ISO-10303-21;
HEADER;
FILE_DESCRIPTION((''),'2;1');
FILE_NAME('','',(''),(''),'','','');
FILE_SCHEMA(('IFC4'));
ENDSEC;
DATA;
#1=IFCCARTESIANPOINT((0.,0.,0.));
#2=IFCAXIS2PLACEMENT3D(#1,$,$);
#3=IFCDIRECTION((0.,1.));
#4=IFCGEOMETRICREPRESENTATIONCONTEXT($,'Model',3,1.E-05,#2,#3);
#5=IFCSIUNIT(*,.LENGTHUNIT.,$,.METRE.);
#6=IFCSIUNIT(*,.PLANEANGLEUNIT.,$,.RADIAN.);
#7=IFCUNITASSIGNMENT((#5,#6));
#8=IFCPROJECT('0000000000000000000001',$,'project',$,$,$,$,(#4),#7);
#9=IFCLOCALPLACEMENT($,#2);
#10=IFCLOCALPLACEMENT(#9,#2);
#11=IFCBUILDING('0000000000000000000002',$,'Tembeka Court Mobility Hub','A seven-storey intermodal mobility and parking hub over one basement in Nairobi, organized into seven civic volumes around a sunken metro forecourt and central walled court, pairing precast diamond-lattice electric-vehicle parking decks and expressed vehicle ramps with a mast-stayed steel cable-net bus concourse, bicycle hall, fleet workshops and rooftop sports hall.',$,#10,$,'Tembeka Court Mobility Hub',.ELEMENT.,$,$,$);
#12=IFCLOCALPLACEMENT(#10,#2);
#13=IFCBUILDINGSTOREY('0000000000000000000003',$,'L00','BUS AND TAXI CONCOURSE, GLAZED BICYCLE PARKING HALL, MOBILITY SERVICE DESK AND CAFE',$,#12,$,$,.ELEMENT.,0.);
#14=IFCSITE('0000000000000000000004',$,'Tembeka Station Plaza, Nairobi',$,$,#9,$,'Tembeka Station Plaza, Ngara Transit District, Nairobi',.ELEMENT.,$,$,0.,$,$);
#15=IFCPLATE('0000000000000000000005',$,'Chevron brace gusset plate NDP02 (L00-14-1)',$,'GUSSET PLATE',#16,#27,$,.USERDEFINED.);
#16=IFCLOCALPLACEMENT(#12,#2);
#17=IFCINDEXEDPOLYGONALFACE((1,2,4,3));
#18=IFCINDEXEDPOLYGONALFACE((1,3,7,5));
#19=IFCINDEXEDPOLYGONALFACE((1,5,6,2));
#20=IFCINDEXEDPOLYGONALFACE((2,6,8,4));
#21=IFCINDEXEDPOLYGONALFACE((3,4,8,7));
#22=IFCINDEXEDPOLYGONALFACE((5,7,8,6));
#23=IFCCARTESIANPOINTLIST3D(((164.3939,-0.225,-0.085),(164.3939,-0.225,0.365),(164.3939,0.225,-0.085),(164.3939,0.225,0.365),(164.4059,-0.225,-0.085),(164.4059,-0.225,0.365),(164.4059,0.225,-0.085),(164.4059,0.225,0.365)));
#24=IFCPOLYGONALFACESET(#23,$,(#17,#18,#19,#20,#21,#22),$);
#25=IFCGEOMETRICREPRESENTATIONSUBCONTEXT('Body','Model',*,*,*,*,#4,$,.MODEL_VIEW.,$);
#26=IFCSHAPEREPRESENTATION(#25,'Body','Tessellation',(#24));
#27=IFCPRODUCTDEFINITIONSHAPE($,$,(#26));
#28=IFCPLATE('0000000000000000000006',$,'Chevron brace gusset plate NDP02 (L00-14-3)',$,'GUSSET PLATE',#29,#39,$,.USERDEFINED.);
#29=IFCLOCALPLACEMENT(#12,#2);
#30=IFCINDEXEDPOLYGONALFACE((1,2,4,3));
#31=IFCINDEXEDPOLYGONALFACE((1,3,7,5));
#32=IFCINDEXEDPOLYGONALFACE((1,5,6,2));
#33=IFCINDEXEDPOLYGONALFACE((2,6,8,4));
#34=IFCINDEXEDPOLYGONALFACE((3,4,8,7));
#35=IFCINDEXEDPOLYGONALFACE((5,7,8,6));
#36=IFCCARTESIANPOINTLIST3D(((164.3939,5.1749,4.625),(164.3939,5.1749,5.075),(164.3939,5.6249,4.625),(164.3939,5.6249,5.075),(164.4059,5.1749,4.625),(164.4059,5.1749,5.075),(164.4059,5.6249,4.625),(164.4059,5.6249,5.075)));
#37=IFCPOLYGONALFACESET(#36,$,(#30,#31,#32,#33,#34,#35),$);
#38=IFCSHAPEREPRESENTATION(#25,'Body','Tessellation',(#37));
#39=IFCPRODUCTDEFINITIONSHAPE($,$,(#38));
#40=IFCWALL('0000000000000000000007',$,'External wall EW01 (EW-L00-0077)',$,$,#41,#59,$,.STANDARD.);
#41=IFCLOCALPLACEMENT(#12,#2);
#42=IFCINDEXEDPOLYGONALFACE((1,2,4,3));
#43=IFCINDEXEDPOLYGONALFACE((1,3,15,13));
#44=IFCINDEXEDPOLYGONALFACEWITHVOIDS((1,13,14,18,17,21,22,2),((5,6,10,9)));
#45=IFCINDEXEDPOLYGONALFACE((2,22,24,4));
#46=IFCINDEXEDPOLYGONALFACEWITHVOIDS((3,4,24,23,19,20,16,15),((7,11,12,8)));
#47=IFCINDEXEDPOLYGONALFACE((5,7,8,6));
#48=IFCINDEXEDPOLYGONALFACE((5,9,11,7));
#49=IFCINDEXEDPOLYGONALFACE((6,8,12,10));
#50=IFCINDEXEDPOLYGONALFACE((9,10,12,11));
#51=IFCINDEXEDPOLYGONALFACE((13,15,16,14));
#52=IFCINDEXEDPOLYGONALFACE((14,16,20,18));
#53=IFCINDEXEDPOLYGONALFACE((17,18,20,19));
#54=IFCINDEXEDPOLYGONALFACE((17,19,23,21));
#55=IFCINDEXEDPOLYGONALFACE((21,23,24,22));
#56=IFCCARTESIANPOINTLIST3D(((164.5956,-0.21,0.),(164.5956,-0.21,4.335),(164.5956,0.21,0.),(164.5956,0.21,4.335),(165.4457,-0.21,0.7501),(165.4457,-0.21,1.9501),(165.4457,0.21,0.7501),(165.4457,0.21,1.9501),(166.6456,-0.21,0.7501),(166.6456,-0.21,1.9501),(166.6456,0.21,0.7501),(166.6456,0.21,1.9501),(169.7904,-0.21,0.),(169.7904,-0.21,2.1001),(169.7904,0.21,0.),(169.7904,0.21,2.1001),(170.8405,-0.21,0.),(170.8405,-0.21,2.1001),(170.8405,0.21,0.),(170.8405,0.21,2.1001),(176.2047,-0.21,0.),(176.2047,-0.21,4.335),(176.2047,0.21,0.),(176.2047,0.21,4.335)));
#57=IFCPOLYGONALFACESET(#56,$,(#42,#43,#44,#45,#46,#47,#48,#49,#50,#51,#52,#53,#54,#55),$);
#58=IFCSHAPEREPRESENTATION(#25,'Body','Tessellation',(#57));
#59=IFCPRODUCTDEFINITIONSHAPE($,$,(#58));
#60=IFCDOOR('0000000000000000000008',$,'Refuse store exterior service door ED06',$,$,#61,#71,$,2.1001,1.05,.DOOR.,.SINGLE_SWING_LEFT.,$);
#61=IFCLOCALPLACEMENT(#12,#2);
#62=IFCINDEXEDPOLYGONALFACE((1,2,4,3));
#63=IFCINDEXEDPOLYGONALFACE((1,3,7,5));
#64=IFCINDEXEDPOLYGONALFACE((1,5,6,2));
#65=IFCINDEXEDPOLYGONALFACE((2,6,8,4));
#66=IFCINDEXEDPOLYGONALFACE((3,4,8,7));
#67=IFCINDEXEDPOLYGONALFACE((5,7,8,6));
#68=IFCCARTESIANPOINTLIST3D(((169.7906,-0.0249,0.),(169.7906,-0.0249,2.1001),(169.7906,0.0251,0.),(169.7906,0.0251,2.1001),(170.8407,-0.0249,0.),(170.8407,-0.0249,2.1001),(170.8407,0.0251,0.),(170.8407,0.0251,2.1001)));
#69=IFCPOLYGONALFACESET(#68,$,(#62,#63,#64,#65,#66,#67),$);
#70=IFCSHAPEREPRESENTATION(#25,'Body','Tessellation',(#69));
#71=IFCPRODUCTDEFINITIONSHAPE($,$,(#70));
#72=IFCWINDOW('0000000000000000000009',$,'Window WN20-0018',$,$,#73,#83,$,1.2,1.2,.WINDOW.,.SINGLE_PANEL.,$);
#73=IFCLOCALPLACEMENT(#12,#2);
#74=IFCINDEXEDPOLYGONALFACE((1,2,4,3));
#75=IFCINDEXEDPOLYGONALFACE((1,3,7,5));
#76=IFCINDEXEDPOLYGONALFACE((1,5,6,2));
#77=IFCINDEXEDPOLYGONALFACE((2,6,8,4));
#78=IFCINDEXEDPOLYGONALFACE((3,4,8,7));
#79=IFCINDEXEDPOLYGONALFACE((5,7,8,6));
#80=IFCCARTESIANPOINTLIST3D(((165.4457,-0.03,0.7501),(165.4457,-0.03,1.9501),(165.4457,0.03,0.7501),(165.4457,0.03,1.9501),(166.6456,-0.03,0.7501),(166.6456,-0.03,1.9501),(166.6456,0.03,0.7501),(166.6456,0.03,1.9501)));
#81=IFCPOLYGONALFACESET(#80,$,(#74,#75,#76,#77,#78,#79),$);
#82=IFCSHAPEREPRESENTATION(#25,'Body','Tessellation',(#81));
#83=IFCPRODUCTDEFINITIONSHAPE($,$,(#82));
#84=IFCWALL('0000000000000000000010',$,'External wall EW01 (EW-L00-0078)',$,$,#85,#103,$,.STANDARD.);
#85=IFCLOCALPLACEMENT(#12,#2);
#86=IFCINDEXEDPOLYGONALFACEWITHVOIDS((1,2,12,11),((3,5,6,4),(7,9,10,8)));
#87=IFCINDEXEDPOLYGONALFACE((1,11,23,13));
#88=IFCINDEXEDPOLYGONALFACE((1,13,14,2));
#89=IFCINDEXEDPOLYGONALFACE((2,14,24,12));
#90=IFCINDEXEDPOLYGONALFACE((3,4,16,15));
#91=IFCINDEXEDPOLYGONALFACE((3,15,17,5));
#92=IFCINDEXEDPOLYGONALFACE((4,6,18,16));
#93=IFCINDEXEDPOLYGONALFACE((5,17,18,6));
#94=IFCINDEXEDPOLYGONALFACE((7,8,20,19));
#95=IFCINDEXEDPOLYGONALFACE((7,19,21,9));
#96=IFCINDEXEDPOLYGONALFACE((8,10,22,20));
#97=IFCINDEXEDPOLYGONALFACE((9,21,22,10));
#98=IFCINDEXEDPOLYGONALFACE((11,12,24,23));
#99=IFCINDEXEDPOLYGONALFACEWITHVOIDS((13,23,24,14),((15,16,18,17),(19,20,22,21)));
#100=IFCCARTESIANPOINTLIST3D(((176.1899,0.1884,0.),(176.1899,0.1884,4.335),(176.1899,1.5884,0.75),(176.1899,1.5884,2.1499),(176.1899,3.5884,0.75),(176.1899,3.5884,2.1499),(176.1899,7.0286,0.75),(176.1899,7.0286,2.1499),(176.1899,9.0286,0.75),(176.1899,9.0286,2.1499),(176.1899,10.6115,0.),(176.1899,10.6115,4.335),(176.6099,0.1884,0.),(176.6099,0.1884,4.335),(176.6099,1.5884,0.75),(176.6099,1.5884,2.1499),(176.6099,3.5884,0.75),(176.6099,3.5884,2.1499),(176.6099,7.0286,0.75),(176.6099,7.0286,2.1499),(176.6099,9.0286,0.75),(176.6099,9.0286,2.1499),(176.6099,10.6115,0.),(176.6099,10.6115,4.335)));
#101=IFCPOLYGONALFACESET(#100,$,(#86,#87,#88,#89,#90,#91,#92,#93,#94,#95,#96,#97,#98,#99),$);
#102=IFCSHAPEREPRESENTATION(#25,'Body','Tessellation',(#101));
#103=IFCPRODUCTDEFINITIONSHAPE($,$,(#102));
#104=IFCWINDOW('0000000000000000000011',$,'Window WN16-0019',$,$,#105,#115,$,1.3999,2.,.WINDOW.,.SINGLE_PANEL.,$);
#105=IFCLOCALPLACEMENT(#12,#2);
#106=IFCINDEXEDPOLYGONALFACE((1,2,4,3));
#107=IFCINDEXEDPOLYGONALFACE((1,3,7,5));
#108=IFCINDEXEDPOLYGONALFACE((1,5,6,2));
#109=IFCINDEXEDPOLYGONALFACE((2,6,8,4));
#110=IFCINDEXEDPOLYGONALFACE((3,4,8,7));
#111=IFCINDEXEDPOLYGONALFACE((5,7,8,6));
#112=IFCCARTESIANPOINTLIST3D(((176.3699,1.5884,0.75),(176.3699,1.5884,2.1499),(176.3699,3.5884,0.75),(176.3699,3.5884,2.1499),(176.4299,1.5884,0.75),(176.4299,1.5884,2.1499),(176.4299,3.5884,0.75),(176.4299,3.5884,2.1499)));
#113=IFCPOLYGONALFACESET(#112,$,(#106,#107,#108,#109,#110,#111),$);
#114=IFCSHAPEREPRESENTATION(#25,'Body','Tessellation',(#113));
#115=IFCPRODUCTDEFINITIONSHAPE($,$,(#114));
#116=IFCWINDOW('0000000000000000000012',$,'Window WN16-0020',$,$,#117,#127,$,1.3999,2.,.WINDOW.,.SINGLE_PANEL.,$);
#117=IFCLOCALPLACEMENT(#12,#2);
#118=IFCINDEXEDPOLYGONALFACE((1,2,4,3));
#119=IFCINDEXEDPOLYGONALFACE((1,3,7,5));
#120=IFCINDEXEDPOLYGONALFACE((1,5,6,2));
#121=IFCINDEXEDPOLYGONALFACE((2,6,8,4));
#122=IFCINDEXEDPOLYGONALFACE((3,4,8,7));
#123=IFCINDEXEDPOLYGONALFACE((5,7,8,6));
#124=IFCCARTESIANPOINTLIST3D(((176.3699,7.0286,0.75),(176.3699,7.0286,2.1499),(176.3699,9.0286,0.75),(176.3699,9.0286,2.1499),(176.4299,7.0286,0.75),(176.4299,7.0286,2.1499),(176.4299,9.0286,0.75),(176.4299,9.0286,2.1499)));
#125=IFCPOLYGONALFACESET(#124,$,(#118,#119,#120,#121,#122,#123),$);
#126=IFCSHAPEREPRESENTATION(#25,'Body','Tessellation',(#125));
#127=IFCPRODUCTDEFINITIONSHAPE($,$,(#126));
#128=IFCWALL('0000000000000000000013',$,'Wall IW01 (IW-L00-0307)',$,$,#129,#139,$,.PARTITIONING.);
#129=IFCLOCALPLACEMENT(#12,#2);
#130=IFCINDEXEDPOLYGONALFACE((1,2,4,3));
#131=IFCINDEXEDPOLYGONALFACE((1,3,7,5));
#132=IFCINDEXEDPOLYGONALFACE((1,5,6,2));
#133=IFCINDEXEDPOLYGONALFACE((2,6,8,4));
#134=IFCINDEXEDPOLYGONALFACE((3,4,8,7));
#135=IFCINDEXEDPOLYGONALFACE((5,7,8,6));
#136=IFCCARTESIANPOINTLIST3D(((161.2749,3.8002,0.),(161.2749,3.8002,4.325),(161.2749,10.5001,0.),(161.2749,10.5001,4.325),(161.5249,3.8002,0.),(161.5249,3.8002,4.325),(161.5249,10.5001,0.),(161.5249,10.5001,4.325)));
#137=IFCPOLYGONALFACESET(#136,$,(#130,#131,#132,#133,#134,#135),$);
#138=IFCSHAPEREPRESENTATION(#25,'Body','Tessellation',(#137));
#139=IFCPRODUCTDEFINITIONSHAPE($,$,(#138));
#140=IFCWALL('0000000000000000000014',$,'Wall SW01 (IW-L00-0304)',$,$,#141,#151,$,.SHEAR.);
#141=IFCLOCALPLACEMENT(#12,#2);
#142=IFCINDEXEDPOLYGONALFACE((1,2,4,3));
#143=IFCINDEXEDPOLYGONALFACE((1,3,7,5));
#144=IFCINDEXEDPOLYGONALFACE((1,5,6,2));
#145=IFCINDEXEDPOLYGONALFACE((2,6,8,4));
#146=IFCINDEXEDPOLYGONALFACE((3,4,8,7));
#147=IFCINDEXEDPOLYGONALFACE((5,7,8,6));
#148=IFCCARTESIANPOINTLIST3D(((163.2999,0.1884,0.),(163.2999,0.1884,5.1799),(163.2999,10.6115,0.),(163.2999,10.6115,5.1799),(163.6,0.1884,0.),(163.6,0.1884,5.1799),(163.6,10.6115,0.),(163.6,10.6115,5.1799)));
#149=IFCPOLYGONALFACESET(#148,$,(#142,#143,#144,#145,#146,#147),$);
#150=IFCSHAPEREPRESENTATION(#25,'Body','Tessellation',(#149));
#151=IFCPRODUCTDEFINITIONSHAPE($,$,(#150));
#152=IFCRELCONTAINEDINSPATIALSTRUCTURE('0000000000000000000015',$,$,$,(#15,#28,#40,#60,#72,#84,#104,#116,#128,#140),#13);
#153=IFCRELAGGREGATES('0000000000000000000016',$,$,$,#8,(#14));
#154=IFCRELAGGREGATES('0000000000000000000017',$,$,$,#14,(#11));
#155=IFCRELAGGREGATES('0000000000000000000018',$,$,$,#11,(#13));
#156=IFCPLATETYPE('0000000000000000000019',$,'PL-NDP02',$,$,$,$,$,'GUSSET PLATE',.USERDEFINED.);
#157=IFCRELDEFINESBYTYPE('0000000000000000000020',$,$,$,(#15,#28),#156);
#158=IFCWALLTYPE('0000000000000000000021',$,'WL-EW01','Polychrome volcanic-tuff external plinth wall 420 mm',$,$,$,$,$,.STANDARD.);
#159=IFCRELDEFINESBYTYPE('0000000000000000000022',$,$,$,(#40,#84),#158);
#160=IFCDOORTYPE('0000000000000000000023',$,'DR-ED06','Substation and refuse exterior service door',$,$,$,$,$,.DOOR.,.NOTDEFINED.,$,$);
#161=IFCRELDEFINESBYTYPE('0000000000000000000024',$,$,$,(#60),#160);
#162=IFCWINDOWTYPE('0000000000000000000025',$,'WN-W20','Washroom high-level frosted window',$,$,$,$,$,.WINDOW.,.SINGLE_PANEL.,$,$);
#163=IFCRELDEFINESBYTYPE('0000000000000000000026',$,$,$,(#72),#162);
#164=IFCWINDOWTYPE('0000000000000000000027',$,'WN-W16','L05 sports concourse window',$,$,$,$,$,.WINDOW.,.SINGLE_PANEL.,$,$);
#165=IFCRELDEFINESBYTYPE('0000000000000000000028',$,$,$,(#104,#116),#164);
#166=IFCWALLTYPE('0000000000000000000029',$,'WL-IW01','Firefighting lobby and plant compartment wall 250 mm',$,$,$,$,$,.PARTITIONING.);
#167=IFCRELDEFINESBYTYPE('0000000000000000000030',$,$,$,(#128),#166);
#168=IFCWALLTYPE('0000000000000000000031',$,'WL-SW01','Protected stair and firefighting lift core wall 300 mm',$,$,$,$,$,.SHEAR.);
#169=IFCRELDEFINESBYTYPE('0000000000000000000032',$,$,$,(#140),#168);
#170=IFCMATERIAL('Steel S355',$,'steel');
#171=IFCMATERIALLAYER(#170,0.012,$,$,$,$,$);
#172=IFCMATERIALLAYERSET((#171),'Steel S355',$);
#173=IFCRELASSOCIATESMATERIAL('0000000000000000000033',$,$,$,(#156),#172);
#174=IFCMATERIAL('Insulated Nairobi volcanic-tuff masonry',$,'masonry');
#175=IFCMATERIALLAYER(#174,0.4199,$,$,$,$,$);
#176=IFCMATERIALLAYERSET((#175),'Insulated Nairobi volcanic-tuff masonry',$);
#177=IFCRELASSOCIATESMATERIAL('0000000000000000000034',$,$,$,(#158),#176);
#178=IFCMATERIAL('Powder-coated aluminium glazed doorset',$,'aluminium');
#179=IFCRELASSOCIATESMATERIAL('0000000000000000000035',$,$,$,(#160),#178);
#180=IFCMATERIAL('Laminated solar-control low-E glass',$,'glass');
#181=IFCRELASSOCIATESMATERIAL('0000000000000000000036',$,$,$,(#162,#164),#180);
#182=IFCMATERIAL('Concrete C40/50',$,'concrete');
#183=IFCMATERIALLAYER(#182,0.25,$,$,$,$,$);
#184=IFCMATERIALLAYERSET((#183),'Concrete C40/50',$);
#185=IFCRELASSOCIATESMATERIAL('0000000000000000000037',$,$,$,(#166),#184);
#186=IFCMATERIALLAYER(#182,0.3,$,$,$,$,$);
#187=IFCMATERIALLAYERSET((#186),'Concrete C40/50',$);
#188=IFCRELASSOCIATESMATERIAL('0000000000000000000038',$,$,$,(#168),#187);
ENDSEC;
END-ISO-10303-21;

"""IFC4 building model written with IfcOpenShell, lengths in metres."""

from ifc_helpers import new_model, si_unit, direction, frame, frame_2d, origin, origin_2d, place, context, subcontext, project, spatial, rectangle, extrude, material, layer, layer_set, type_object, element, fill, save


model = new_model("IFC4")

# Units and contexts
model_context = context("Model", 3, precision=1e-05, world=origin(), true_north=direction((0.0, 1.0)))
body_context = subcontext(model_context, "Body", "Model", "MODEL_VIEW")
ifc_project = project(units=[si_unit("LENGTHUNIT", "METRE"), si_unit("PLANEANGLEUNIT", "RADIAN")], contexts=[model_context])

# Site, building, storey
site_placement = place(None, origin())
site = spatial("IfcSite", under=ifc_project, at=site_placement, Name="Tembeka Station Plaza, Nairobi", LongName="Tembeka Station Plaza, Ngara Transit District, Nairobi", CompositionType="ELEMENT", RefElevation=0.0)
building_placement = place(site_placement, origin())
building = spatial("IfcBuilding", under=site, at=building_placement, Name="Tembeka Court Mobility Hub", Description="A seven-storey intermodal mobility and parking hub over one basement in Nairobi, organized into seven civic volumes around a sunken metro forecourt and central walled court, pairing precast diamond-lattice electric-vehicle parking decks and expressed vehicle ramps with a mast-stayed steel cable-net bus concourse, bicycle hall, fleet workshops and rooftop sports hall.", LongName="Tembeka Court Mobility Hub", CompositionType="ELEMENT")
storey_placement = place(building_placement, origin())
storey = spatial("IfcBuildingStorey", under=building, at=storey_placement, Name="L00", Description="BUS AND TAXI CONCOURSE, GLAZED BICYCLE PARKING HALL, MOBILITY SERVICE DESK AND CAFE", CompositionType="ELEMENT", Elevation=0.0)

# Shared definitions
ifc_material_1 = material(Name="Steel S355", Category="steel")

# Plates
ifc_layer_1 = layer(ifc_material_1, 0.012)
ifc_layer_set_1 = layer_set([ifc_layer_1], Name="Steel S355")
plate_type = type_object("IfcPlateType", Name="PL-NDP02", ElementType="GUSSET PLATE", PredefinedType="USERDEFINED", material=ifc_layer_set_1)
for number, where, z_axis, x_axis, name in (
    (1, (164.3999, 0.0, -0.085), (0.0, 0.0, 1.0), (1.0, 0.0, 0.0), "Chevron brace gusset plate NDP02 (L00-14-1)"),
    (2, (164.3999, 5.3999, 4.625), (0.0, 0.0, 1.0), (1.0, 0.0, 0.0), "Chevron brace gusset plate NDP02 (L00-14-3)"),
):
    element("IfcPlate", number, at=place(storey_placement, frame(where, z_axis=z_axis, x_axis=x_axis)), inside=storey, type_object=plate_type, Name=name, ObjectType="GUSSET PLATE", PredefinedType="USERDEFINED", context=body_context, shape_type="SweptSolid", body=[
        extrude(rectangle(XDim=0.012, YDim=0.45, at=origin_2d()), origin(), (0.0, 0.0, 1.0), 0.45),
    ])

# Wall, openings, door, window
ifc_material_2 = material(Name="Insulated Nairobi volcanic-tuff masonry", Category="masonry")
ifc_layer_2 = layer(ifc_material_2, 0.4199)
ifc_layer_set_2 = layer_set([ifc_layer_2], Name="Insulated Nairobi volcanic-tuff masonry")
wall_type_1 = type_object("IfcWallType", Name="WL-EW01", Description="Polychrome volcanic-tuff external plinth wall 420 mm", PredefinedType="STANDARD", material=ifc_layer_set_2)
wall_1_placement = place(storey_placement, frame((164.5955, 0.0, 0.0), z_axis=(0.0, 0.0, 1.0), x_axis=(1.0, 0.0, 0.0)))
wall_1 = element("IfcWall", 3, at=wall_1_placement, inside=storey, type_object=wall_type_1, Name="External wall EW01 (EW-L00-0077)", PredefinedType="STANDARD", context=body_context, shape_type="SweptSolid", body=[
    extrude(rectangle(XDim=11.6091, YDim=0.4199, at=frame_2d((5.8047, 0.0))), origin(), (0.0, 0.0, 1.0), 4.335),
])
opening_1_placement = place(wall_1_placement, frame((5.1951, 0.0, 0.0)))
opening_1 = element("IfcOpeningElement", 4, at=opening_1_placement, cuts=wall_1, PredefinedType="OPENING", context=body_context, shape_type="SweptSolid", body=[
    extrude(rectangle(XDim=1.05, YDim=2.1001, at=frame_2d((0.5249, 1.05))), frame((0.0, 0.22, 0.0), z_axis=(0.0, -1.0, 0.0), x_axis=(1.0, 0.0, 0.0)), (0.0, 0.0, 1.0), 0.4399),
])
opening_2_placement = place(wall_1_placement, frame((0.8501, 0.0, 0.75)))
opening_2 = element("IfcOpeningElement", 5, at=opening_2_placement, cuts=wall_1, PredefinedType="OPENING", context=body_context, shape_type="SweptSolid", body=[
    extrude(rectangle(XDim=1.2, YDim=1.2, at=frame_2d((0.6001, 0.6001))), frame((0.0, 0.22, 0.0), z_axis=(0.0, -1.0, 0.0), x_axis=(1.0, 0.0, 0.0)), (0.0, 0.0, 1.0), 0.4399),
])
ifc_material_3 = material(Name="Powder-coated aluminium glazed doorset", Category="aluminium")
door_type = type_object("IfcDoorType", Name="DR-ED06", Description="Substation and refuse exterior service door", OperationType="NOTDEFINED", PredefinedType="DOOR", material=ifc_material_3)
door_placement = place(opening_1_placement, frame((1.05, 0.0, 0.0), z_axis=(0.0, 0.0, 1.0), x_axis=(-1.0, 0.0, 0.0)))
door = element("IfcDoor", 6, at=door_placement, inside=storey, type_object=door_type, Name="Refuse store exterior service door ED06", OperationType="SINGLE_SWING_LEFT", OverallHeight=2.1001, OverallWidth=1.05, PredefinedType="DOOR", context=body_context, shape_type="SweptSolid", body=[
    extrude(rectangle(XDim=1.05, YDim=2.1001, at=frame_2d((0.5249, 1.05))), frame((0.0, 0.0249, 0.0), z_axis=(0.0, -1.0, 0.0), x_axis=(1.0, 0.0, 0.0)), (0.0, 0.0, 1.0), 0.05),
])
fill(opening_1, door)
ifc_material_4 = material(Name="Laminated solar-control low-E glass", Category="glass")
window_type_1 = type_object("IfcWindowType", Name="WN-W20", Description="Washroom high-level frosted window", PartitioningType="SINGLE_PANEL", PredefinedType="WINDOW", material=ifc_material_4)
window_1_placement = place(opening_2_placement, origin())
window_1 = element("IfcWindow", 7, at=window_1_placement, inside=storey, type_object=window_type_1, Name="Window WN20-0018", OverallHeight=1.2, OverallWidth=1.2, PartitioningType="SINGLE_PANEL", PredefinedType="WINDOW", context=body_context, shape_type="SweptSolid", body=[
    extrude(rectangle(XDim=1.2, YDim=1.2, at=frame_2d((0.6001, 0.6001))), frame((0.0, 0.03, 0.0), z_axis=(0.0, -1.0, 0.0), x_axis=(1.0, 0.0, 0.0)), (0.0, 0.0, 1.0), 0.0601),
])
fill(opening_2, window_1)

# Wall, openings, windows
wall_2_placement = place(storey_placement, frame((176.3999, 0.1885, 0.0), z_axis=(0.0, 0.0, 1.0), x_axis=(0.0, 1.0, 0.0)))
wall_2 = element("IfcWall", 8, at=wall_2_placement, inside=storey, type_object=wall_type_1, Name="External wall EW01 (EW-L00-0078)", PredefinedType="STANDARD", context=body_context, shape_type="SweptSolid", body=[
    extrude(rectangle(XDim=10.4231, YDim=0.4199, at=frame_2d((5.2114, 0.0))), origin(), (0.0, 0.0, 1.0), 4.335),
])
opening_3_placement = place(wall_2_placement, frame((1.3999, 0.0, 0.75)))
opening_3 = element("IfcOpeningElement", 9, at=opening_3_placement, cuts=wall_2, PredefinedType="OPENING", context=body_context, shape_type="SweptSolid", body=[
    extrude(rectangle(XDim=2.0, YDim=1.3999, at=frame_2d((1.0, 0.7))), frame((0.0, 0.22, 0.0), z_axis=(0.0, -1.0, 0.0), x_axis=(1.0, 0.0, 0.0)), (0.0, 0.0, 1.0), 0.4399),
])
opening_4_placement = place(wall_2_placement, frame((6.8401, 0.0, 0.75)))
opening_4 = element("IfcOpeningElement", 10, at=opening_4_placement, cuts=wall_2, PredefinedType="OPENING", context=body_context, shape_type="SweptSolid", body=[
    extrude(rectangle(XDim=2.0, YDim=1.3999, at=frame_2d((1.0, 0.7))), frame((0.0, 0.22, 0.0), z_axis=(0.0, -1.0, 0.0), x_axis=(1.0, 0.0, 0.0)), (0.0, 0.0, 1.0), 0.4399),
])
window_type_2 = type_object("IfcWindowType", Name="WN-W16", Description="L05 sports concourse window", PartitioningType="SINGLE_PANEL", PredefinedType="WINDOW", material=ifc_material_4)
window_2_placement = place(opening_3_placement, origin())
window_2 = element("IfcWindow", 11, at=window_2_placement, inside=storey, type_object=window_type_2, Name="Window WN16-0019", OverallHeight=1.3999, OverallWidth=2.0, PartitioningType="SINGLE_PANEL", PredefinedType="WINDOW", context=body_context, shape_type="SweptSolid", body=[
    extrude(rectangle(XDim=2.0, YDim=1.3999, at=frame_2d((1.0, 0.7))), frame((0.0, 0.03, 0.0), z_axis=(0.0, -1.0, 0.0), x_axis=(1.0, 0.0, 0.0)), (0.0, 0.0, 1.0), 0.0601),
])
fill(opening_3, window_2)
window_3_placement = place(opening_4_placement, origin())
window_3 = element("IfcWindow", 12, at=window_3_placement, inside=storey, type_object=window_type_2, Name="Window WN16-0020", OverallHeight=1.3999, OverallWidth=2.0, PartitioningType="SINGLE_PANEL", PredefinedType="WINDOW", context=body_context, shape_type="SweptSolid", body=[
    extrude(rectangle(XDim=2.0, YDim=1.3999, at=frame_2d((1.0, 0.7))), frame((0.0, 0.03, 0.0), z_axis=(0.0, -1.0, 0.0), x_axis=(1.0, 0.0, 0.0)), (0.0, 0.0, 1.0), 0.0601),
])
fill(opening_4, window_3)

# Walls
ifc_material_5 = material(Name="Concrete C40/50", Category="concrete")
ifc_layer_3 = layer(ifc_material_5, 0.25)
ifc_layer_set_3 = layer_set([ifc_layer_3], Name="Concrete C40/50")
wall_type_2 = type_object("IfcWallType", Name="WL-IW01", Description="Firefighting lobby and plant compartment wall 250 mm", PredefinedType="PARTITIONING", material=ifc_layer_set_3)
wall_3_placement = place(storey_placement, frame((161.3999, 3.8, 0.0), z_axis=(0.0, 0.0, 1.0), x_axis=(0.0, 1.0, 0.0)))
element("IfcWall", 13, at=wall_3_placement, inside=storey, type_object=wall_type_2, Name="Wall IW01 (IW-L00-0307)", PredefinedType="PARTITIONING", context=body_context, shape_type="SweptSolid", body=[
    extrude(rectangle(XDim=6.7, YDim=0.25, at=frame_2d((3.3501, 0.0))), origin(), (0.0, 0.0, 1.0), 4.325),
])
ifc_layer_4 = layer(ifc_material_5, 0.3)
ifc_layer_set_4 = layer_set([ifc_layer_4], Name="Concrete C40/50")
wall_type_3 = type_object("IfcWallType", Name="WL-SW01", Description="Protected stair and firefighting lift core wall 300 mm", PredefinedType="SHEAR", material=ifc_layer_set_4)
wall_4_placement = place(storey_placement, frame((163.45, 0.1885, 0.0), z_axis=(0.0, 0.0, 1.0), x_axis=(0.0, 1.0, 0.0)))
element("IfcWall", 14, at=wall_4_placement, inside=storey, type_object=wall_type_3, Name="Wall SW01 (IW-L00-0304)", PredefinedType="SHEAR", context=body_context, shape_type="SweptSolid", body=[
    extrude(rectangle(XDim=10.4231, YDim=0.3, at=frame_2d((5.2114, 0.0))), origin(), (0.0, 0.0, 1.0), 5.1799),
])

save(model, "model.ifc")
